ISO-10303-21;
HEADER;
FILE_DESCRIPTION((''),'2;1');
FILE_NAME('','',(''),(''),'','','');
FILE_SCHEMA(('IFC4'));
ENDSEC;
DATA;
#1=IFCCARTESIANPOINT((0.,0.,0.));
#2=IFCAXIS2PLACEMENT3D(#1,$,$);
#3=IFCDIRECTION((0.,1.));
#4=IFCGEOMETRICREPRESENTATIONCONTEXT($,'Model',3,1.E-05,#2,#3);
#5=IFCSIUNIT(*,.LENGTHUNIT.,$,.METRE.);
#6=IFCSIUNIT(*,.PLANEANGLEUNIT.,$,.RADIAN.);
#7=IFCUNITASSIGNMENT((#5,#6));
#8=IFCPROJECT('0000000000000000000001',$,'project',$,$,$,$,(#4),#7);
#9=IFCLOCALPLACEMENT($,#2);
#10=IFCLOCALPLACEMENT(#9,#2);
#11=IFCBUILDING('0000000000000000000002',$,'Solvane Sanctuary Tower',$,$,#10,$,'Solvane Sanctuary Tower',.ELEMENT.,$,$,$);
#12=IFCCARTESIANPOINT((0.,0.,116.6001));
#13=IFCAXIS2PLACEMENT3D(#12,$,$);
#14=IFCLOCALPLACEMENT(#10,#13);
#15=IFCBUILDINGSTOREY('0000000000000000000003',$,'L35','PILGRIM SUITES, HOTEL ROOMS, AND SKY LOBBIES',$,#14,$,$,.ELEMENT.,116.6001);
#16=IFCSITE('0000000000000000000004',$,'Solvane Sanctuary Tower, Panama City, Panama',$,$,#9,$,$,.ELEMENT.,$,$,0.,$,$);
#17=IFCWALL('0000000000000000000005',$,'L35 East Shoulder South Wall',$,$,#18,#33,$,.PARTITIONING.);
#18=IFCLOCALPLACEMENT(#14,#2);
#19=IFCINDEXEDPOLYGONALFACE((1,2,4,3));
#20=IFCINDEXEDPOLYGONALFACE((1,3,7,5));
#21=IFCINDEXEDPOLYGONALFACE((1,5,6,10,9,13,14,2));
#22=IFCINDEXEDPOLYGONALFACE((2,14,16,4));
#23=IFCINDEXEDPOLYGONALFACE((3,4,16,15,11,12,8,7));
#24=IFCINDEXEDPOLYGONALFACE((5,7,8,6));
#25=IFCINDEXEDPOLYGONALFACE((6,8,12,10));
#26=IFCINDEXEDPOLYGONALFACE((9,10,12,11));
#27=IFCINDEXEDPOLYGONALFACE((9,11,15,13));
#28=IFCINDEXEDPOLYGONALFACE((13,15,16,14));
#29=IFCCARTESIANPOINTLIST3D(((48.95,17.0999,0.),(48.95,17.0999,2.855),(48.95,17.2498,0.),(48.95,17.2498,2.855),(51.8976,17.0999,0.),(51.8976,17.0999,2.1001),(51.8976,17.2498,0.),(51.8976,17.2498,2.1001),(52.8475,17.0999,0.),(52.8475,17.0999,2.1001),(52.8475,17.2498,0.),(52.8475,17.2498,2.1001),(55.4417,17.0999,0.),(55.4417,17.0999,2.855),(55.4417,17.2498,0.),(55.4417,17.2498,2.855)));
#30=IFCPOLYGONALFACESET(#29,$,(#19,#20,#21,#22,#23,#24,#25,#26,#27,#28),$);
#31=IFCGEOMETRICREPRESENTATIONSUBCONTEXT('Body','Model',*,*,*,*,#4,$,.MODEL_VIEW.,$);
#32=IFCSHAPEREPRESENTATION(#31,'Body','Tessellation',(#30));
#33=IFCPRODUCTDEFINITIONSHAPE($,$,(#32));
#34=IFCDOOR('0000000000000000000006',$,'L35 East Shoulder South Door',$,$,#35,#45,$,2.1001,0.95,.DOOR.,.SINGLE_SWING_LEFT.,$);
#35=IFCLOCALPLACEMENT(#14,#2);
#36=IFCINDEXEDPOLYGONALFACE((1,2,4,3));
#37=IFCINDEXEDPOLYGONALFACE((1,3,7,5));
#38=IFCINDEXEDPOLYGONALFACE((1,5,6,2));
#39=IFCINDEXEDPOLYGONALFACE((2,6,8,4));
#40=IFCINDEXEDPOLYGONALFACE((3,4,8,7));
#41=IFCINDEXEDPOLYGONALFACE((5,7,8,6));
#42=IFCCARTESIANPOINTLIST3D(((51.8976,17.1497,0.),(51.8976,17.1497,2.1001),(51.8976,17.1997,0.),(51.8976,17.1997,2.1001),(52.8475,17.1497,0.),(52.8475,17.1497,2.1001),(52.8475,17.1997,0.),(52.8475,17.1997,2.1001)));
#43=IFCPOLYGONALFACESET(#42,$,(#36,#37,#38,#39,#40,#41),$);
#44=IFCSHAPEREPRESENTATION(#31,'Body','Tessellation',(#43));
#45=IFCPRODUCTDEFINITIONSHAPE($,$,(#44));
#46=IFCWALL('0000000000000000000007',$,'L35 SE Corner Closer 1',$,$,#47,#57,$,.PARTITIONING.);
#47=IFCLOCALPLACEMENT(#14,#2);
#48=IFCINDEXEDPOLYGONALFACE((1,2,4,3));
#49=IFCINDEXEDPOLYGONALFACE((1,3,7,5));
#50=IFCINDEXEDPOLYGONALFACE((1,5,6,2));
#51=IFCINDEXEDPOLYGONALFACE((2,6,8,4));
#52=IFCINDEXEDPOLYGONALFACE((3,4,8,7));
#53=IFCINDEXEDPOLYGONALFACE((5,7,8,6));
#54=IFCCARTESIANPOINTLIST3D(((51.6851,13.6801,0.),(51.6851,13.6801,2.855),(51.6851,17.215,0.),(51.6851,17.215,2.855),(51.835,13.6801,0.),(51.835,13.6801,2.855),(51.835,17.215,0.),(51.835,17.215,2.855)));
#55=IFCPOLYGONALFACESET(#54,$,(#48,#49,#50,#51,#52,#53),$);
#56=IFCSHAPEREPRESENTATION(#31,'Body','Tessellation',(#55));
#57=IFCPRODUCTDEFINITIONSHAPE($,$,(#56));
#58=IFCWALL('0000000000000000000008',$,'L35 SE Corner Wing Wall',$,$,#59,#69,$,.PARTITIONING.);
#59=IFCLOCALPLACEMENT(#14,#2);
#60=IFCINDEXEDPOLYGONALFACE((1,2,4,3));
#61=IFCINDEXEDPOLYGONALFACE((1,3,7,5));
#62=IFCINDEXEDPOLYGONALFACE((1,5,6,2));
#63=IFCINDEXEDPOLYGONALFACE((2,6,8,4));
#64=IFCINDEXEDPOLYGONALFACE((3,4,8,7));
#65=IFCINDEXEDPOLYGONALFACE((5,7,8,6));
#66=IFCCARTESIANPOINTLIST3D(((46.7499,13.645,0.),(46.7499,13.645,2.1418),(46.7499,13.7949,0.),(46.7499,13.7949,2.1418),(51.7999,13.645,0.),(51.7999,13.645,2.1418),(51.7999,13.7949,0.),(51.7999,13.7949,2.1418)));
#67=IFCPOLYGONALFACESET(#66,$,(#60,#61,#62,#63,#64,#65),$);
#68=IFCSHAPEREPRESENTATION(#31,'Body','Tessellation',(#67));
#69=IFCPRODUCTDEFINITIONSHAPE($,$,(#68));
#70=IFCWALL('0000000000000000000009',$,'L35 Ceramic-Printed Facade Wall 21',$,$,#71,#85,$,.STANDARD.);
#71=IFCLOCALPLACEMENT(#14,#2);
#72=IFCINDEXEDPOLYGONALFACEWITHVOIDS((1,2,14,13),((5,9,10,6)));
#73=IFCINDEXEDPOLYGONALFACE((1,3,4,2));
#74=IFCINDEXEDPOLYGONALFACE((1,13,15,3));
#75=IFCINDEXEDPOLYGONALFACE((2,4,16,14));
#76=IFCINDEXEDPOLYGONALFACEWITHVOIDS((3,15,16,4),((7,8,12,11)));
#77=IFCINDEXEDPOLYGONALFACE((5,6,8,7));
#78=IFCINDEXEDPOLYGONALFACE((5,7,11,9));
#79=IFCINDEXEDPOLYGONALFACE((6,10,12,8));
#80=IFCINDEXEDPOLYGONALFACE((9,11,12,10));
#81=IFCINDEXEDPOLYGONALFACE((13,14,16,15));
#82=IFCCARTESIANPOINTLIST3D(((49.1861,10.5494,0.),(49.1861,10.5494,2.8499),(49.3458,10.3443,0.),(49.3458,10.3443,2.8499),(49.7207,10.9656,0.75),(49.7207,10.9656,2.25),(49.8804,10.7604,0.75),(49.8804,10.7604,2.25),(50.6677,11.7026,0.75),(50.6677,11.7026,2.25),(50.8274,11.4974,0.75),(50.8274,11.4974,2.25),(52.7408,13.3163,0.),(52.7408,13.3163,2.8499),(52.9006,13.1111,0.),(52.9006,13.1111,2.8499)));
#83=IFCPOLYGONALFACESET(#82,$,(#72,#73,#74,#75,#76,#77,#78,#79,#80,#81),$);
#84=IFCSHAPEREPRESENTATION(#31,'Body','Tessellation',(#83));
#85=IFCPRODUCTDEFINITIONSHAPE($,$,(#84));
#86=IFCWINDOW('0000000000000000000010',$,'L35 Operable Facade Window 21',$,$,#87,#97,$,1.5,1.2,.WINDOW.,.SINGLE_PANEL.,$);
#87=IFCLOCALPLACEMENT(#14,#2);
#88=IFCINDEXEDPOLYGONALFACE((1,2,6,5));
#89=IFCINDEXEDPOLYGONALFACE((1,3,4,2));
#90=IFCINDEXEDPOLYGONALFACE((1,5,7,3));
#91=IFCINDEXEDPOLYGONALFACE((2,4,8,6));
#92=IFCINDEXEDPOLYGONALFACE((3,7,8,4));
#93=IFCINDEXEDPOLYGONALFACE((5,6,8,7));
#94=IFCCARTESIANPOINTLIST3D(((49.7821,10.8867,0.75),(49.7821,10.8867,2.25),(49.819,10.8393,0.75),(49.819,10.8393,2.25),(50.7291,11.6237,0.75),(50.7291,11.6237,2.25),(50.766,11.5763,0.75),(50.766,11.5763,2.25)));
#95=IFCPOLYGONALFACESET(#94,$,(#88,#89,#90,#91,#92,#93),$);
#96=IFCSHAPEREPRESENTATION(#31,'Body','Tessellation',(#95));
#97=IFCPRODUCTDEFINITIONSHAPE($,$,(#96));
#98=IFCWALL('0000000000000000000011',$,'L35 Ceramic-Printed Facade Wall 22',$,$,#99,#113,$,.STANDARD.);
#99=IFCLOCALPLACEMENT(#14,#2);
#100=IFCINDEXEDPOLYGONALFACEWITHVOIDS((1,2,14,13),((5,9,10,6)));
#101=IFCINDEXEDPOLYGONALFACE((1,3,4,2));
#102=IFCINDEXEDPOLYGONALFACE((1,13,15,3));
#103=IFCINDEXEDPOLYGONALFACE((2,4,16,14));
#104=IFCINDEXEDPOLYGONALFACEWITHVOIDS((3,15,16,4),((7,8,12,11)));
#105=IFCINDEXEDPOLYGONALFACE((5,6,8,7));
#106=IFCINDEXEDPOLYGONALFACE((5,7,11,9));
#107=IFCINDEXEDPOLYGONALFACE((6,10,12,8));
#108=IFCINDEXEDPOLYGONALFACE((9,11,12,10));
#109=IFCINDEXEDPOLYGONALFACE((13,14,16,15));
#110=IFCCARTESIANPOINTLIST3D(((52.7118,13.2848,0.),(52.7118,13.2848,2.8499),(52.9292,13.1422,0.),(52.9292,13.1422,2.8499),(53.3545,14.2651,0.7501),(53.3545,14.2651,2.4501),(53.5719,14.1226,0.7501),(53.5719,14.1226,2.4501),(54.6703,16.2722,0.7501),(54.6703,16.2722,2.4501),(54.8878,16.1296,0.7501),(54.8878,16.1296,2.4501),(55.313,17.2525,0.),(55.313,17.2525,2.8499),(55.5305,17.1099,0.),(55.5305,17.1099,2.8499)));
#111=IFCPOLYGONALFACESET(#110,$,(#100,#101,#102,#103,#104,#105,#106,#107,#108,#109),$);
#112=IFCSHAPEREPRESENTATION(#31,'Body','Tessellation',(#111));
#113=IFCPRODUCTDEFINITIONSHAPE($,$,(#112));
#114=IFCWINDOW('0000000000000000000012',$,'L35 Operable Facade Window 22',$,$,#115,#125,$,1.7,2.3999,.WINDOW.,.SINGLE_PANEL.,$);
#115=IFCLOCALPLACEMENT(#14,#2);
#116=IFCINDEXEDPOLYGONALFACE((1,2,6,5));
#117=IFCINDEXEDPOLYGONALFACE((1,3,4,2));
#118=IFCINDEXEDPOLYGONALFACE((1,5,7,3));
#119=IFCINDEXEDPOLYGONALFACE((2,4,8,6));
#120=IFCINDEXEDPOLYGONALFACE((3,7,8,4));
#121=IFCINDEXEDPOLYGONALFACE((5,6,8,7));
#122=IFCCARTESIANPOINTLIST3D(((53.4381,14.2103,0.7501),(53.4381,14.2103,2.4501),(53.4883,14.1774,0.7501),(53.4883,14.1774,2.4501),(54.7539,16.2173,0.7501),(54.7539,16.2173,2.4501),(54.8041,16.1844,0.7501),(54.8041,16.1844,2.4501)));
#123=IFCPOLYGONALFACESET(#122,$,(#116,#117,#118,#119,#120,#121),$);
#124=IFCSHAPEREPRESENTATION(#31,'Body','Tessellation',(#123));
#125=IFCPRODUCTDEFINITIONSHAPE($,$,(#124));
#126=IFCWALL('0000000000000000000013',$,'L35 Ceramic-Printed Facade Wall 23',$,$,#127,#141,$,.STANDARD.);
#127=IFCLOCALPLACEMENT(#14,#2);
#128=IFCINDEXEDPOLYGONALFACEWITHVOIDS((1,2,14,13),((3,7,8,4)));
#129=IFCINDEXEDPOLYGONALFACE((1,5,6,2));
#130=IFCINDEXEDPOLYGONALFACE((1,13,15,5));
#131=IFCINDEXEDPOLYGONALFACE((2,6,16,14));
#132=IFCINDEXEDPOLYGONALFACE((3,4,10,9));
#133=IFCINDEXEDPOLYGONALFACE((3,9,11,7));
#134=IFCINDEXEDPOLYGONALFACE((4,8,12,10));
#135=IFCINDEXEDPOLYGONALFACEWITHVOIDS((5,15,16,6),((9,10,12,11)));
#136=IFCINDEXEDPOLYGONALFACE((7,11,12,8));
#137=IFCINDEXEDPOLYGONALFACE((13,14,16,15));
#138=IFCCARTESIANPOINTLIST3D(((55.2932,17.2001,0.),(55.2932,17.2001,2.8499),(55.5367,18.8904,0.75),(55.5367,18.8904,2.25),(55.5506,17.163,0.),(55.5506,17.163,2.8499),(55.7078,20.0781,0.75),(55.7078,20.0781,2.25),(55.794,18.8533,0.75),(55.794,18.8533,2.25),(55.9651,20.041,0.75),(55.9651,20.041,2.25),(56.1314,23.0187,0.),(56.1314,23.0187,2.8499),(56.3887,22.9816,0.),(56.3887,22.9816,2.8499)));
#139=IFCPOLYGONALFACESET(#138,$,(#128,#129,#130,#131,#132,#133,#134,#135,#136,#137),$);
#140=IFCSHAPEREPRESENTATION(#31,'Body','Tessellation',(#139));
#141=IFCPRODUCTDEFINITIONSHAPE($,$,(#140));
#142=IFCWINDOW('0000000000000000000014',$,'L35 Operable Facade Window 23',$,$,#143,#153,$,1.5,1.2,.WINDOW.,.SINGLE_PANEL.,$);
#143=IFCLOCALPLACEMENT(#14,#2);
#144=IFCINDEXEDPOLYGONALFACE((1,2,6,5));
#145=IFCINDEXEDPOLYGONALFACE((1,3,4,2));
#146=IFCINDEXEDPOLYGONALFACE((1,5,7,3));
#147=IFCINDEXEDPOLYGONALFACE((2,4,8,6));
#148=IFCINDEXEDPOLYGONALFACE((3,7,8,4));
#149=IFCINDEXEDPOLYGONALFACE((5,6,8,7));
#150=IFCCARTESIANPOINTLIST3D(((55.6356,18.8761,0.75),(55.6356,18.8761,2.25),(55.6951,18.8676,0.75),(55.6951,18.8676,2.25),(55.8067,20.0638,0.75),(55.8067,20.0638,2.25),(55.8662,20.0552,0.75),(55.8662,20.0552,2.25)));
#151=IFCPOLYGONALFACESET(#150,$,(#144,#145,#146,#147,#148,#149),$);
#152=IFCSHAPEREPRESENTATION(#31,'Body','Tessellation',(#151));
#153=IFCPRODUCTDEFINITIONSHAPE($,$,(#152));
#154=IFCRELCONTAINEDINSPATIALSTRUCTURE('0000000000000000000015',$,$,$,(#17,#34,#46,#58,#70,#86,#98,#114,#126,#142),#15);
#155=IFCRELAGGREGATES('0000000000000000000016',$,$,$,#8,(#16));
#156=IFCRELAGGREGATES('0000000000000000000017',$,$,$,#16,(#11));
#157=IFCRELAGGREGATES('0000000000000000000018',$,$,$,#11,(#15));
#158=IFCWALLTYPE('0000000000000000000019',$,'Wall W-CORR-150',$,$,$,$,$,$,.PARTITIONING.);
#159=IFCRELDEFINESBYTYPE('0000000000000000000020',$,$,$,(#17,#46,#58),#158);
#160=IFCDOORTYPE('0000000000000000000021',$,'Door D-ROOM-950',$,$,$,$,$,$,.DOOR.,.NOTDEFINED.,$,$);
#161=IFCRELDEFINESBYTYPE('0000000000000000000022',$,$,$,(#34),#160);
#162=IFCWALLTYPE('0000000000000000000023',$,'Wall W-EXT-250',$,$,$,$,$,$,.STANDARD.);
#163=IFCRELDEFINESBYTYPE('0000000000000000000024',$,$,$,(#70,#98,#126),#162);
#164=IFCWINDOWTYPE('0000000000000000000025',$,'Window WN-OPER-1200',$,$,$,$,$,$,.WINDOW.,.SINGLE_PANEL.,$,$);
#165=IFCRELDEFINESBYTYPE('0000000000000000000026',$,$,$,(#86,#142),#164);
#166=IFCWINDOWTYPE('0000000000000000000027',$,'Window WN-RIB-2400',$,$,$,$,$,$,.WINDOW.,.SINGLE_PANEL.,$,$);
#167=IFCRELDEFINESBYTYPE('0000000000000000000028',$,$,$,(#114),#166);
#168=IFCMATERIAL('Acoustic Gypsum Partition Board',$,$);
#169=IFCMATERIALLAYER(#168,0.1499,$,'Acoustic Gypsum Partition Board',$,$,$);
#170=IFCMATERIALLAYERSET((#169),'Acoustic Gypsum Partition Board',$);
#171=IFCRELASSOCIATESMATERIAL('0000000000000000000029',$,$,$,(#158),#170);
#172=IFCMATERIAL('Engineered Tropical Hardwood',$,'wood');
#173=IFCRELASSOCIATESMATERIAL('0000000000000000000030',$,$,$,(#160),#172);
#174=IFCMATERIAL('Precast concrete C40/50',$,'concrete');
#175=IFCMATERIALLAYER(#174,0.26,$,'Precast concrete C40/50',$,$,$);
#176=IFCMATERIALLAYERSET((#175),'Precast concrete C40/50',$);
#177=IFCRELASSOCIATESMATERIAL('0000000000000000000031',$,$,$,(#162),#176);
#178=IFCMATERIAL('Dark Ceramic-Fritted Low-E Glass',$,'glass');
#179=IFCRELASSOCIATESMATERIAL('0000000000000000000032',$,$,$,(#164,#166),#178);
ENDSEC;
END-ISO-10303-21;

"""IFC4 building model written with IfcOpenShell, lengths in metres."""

from ifc_helpers import new_model, si_unit, direction, frame, frame_2d, origin, place, context, subcontext, project, spatial, rectangle, extrude, material, layer, layer_set, type_object, element, fill, save


model = new_model("IFC4")

# Units and contexts
model_context = context("Model", 3, precision=1e-05, world=origin(), true_north=direction((0.0, 1.0)))
body_context = subcontext(model_context, "Body", "Model", "MODEL_VIEW")
ifc_project = project(units=[si_unit("LENGTHUNIT", "METRE"), si_unit("PLANEANGLEUNIT", "RADIAN")], contexts=[model_context])

# Site, building, storey
site_placement = place(None, origin())
site = spatial("IfcSite", under=ifc_project, at=site_placement, Name="Solvane Sanctuary Tower, Panama City, Panama", CompositionType="ELEMENT", RefElevation=0.0)
building_placement = place(site_placement, origin())
building = spatial("IfcBuilding", under=site, at=building_placement, Name="Solvane Sanctuary Tower", LongName="Solvane Sanctuary Tower", CompositionType="ELEMENT")
storey_placement = place(building_placement, frame((0.0, 0.0, 116.6001)))
storey = spatial("IfcBuildingStorey", under=building, at=storey_placement, Name="L35", Description="PILGRIM SUITES, HOTEL ROOMS, AND SKY LOBBIES", CompositionType="ELEMENT", Elevation=116.6001)

# Wall, opening, door
ifc_material_1 = material(Name="Acoustic Gypsum Partition Board")
ifc_layer_1 = layer(ifc_material_1, 0.1499, Name="Acoustic Gypsum Partition Board")
ifc_layer_set_1 = layer_set([ifc_layer_1], Name="Acoustic Gypsum Partition Board")
wall_type_1 = type_object("IfcWallType", Name="Wall W-CORR-150", PredefinedType="PARTITIONING", material=ifc_layer_set_1)
wall_1_placement = place(storey_placement, frame((48.95, 17.1748, 0.0), z_axis=(0.0, 0.0, 1.0), x_axis=(1.0, 0.0, 0.0)))
wall_1 = element("IfcWall", 1, at=wall_1_placement, inside=storey, type_object=wall_type_1, Name="L35 East Shoulder South Wall", PredefinedType="PARTITIONING", context=body_context, shape_type="SweptSolid", body=[
    extrude(rectangle(XDim=6.4917, YDim=0.1499, at=frame_2d((3.2458, 0.0))), origin(), (0.0, 0.0, 1.0), 2.855),
])
opening_1_placement = place(wall_1_placement, frame((2.9475, 0.0, 0.0)))
opening_1 = element("IfcOpeningElement", 2, at=opening_1_placement, cuts=wall_1, PredefinedType="OPENING", context=body_context, shape_type="SweptSolid", body=[
    extrude(rectangle(XDim=0.95, YDim=2.1001, at=frame_2d((0.4751, 1.05))), frame((0.0, 0.085, 0.0), z_axis=(0.0, -1.0, 0.0), x_axis=(1.0, 0.0, 0.0)), (0.0, 0.0, 1.0), 0.1699),
])
ifc_material_2 = material(Name="Engineered Tropical Hardwood", Category="wood")
door_type_1 = type_object("IfcDoorType", Name="Door D-ROOM-950", OperationType="NOTDEFINED", PredefinedType="DOOR", material=ifc_material_2)
door_1_placement = place(opening_1_placement, origin())
door_1 = element("IfcDoor", 3, at=door_1_placement, inside=storey, type_object=door_type_1, Name="L35 East Shoulder South Door", OperationType="SINGLE_SWING_LEFT", OverallHeight=2.1001, OverallWidth=0.95, PredefinedType="DOOR", context=body_context, shape_type="SweptSolid", body=[
    extrude(rectangle(XDim=0.95, YDim=2.1001, at=frame_2d((0.4751, 1.05))), frame((0.0, 0.0249, 0.0), z_axis=(0.0, -1.0, 0.0), x_axis=(1.0, 0.0, 0.0)), (0.0, 0.0, 1.0), 0.05),
])
fill(opening_1, door_1)

# Walls
wall_2_placement = place(storey_placement, frame((51.76, 13.6799, 0.0), z_axis=(0.0, 0.0, 1.0), x_axis=(0.0, 1.0, 0.0)))
element("IfcWall", 4, at=wall_2_placement, inside=storey, type_object=wall_type_1, Name="L35 SE Corner Closer 1", PredefinedType="PARTITIONING", context=body_context, shape_type="SweptSolid", body=[
    extrude(rectangle(XDim=3.5349, YDim=0.1499, at=frame_2d((1.7676, 0.0))), origin(), (0.0, 0.0, 1.0), 2.855),
])
wall_3_placement = place(storey_placement, frame((46.75, 13.72, 0.0), z_axis=(0.0, 0.0, 1.0), x_axis=(1.0, 0.0, 0.0)))
element("IfcWall", 5, at=wall_3_placement, inside=storey, type_object=wall_type_1, Name="L35 SE Corner Wing Wall", PredefinedType="PARTITIONING", context=body_context, shape_type="SweptSolid", body=[
    extrude(rectangle(XDim=5.05, YDim=0.1499, at=frame_2d((2.5249, 0.0))), origin(), (0.0, 0.0, 1.0), 2.1418),
])

# Walls, openings, windows
ifc_material_3 = material(Name="Precast concrete C40/50", Category="concrete")
ifc_layer_2 = layer(ifc_material_3, 0.26, Name="Precast concrete C40/50")
ifc_layer_set_2 = layer_set([ifc_layer_2], Name="Precast concrete C40/50")
wall_type_2 = type_object("IfcWallType", Name="Wall W-EXT-250", PredefinedType="STANDARD", material=ifc_layer_set_2)
wall_4_placement = place(storey_placement, frame((49.2659, 10.4468, 0.0), z_axis=(0.0, 0.0, 1.0), x_axis=(0.789127, 0.614229, 0.0)))
wall_4 = element("IfcWall", 6, at=wall_4_placement, inside=storey, type_object=wall_type_2, Name="L35 Ceramic-Printed Facade Wall 21", PredefinedType="STANDARD", context=body_context, shape_type="SweptSolid", body=[
    extrude(rectangle(XDim=4.5046, YDim=0.26, at=frame_2d((2.2524, 0.0))), origin(), (0.0, 0.0, 1.0), 2.8499),
])
opening_2_placement = place(wall_4_placement, frame((0.6775, 0.0, 0.75)))
opening_2 = element("IfcOpeningElement", 7, at=opening_2_placement, cuts=wall_4, PredefinedType="OPENING", context=body_context, shape_type="SweptSolid", body=[
    extrude(rectangle(XDim=1.2, YDim=1.5, at=frame_2d((0.6001, 0.75))), frame((0.0, 0.1399, 0.0), z_axis=(0.0, -1.0, 0.0), x_axis=(1.0, 0.0, 0.0)), (0.0, 0.0, 1.0), 0.28),
])
ifc_material_4 = material(Name="Dark Ceramic-Fritted Low-E Glass", Category="glass")
window_type_1 = type_object("IfcWindowType", Name="Window WN-OPER-1200", PartitioningType="SINGLE_PANEL", PredefinedType="WINDOW", material=ifc_material_4)
window_1_placement = place(opening_2_placement, origin())
window_1 = element("IfcWindow", 8, at=window_1_placement, inside=storey, type_object=window_type_1, Name="L35 Operable Facade Window 21", OverallHeight=1.5, OverallWidth=1.2, PartitioningType="SINGLE_PANEL", PredefinedType="WINDOW", context=body_context, shape_type="SweptSolid", body=[
    extrude(rectangle(XDim=1.2, YDim=1.5, at=frame_2d((0.6001, 0.75))), frame((0.0, 0.03, 0.0), z_axis=(0.0, -1.0, 0.0), x_axis=(1.0, 0.0, 0.0)), (0.0, 0.0, 1.0), 0.0601),
])
fill(opening_2, window_1)
wall_5_placement = place(storey_placement, frame((52.8206, 13.2136, 0.0), z_axis=(0.0, 0.0, 1.0), x_axis=(0.548283, 0.836293, 0.0)))
wall_5 = element("IfcWall", 9, at=wall_5_placement, inside=storey, type_object=wall_type_2, Name="L35 Ceramic-Printed Facade Wall 22", PredefinedType="STANDARD", context=body_context, shape_type="SweptSolid", body=[
    extrude(rectangle(XDim=4.7444, YDim=0.26, at=frame_2d((2.3721, 0.0))), origin(), (0.0, 0.0, 1.0), 2.8499),
])
opening_3_placement = place(wall_5_placement, frame((1.1721, 0.0, 0.75)))
opening_3 = element("IfcOpeningElement", 10, at=opening_3_placement, cuts=wall_5, PredefinedType="OPENING", context=body_context, shape_type="SweptSolid", body=[
    extrude(rectangle(XDim=2.3999, YDim=1.7, at=frame_2d((1.2, 0.8501))), frame((0.0, 0.1399, 0.0), z_axis=(0.0, -1.0, 0.0), x_axis=(1.0, 0.0, 0.0)), (0.0, 0.0, 1.0), 0.28),
])
window_type_2 = type_object("IfcWindowType", Name="Window WN-RIB-2400", PartitioningType="SINGLE_PANEL", PredefinedType="WINDOW", material=ifc_material_4)
window_2_placement = place(opening_3_placement, origin())
window_2 = element("IfcWindow", 11, at=window_2_placement, inside=storey, type_object=window_type_2, Name="L35 Operable Facade Window 22", OverallHeight=1.7, OverallWidth=2.3999, PartitioningType="SINGLE_PANEL", PredefinedType="WINDOW", context=body_context, shape_type="SweptSolid", body=[
    extrude(rectangle(XDim=2.3999, YDim=1.7, at=frame_2d((1.2, 0.8501))), frame((0.0, 0.03, 0.0), z_axis=(0.0, -1.0, 0.0), x_axis=(1.0, 0.0, 0.0)), (0.0, 0.0, 1.0), 0.0601),
])
fill(opening_3, window_2)
wall_6_placement = place(storey_placement, frame((55.4219, 17.1814, 0.0), z_axis=(0.0, 0.0, 1.0), x_axis=(0.142572, 0.989784, 0.0)))
wall_6 = element("IfcWall", 12, at=wall_6_placement, inside=storey, type_object=wall_type_2, Name="L35 Ceramic-Printed Facade Wall 23", PredefinedType="STANDARD", context=body_context, shape_type="SweptSolid", body=[
    extrude(rectangle(XDim=5.8787, YDim=0.26, at=frame_2d((2.9395, 0.0))), origin(), (0.0, 0.0, 1.0), 2.8499),
])
opening_4_placement = place(wall_6_placement, frame((1.7078, 0.0, 0.75)))
opening_4 = element("IfcOpeningElement", 13, at=opening_4_placement, cuts=wall_6, PredefinedType="OPENING", context=body_context, shape_type="SweptSolid", body=[
    extrude(rectangle(XDim=1.2, YDim=1.5, at=frame_2d((0.6001, 0.75))), frame((0.0, 0.1399, 0.0), z_axis=(0.0, -1.0, 0.0), x_axis=(1.0, 0.0, 0.0)), (0.0, 0.0, 1.0), 0.28),
])
window_3_placement = place(opening_4_placement, origin())
window_3 = element("IfcWindow", 14, at=window_3_placement, inside=storey, type_object=window_type_1, Name="L35 Operable Facade Window 23", OverallHeight=1.5, OverallWidth=1.2, PartitioningType="SINGLE_PANEL", PredefinedType="WINDOW", context=body_context, shape_type="SweptSolid", body=[
    extrude(rectangle(XDim=1.2, YDim=1.5, at=frame_2d((0.6001, 0.75))), frame((0.0, 0.03, 0.0), z_axis=(0.0, -1.0, 0.0), x_axis=(1.0, 0.0, 0.0)), (0.0, 0.0, 1.0), 0.0601),
])
fill(opening_4, window_3)

save(model, "model.ifc")
